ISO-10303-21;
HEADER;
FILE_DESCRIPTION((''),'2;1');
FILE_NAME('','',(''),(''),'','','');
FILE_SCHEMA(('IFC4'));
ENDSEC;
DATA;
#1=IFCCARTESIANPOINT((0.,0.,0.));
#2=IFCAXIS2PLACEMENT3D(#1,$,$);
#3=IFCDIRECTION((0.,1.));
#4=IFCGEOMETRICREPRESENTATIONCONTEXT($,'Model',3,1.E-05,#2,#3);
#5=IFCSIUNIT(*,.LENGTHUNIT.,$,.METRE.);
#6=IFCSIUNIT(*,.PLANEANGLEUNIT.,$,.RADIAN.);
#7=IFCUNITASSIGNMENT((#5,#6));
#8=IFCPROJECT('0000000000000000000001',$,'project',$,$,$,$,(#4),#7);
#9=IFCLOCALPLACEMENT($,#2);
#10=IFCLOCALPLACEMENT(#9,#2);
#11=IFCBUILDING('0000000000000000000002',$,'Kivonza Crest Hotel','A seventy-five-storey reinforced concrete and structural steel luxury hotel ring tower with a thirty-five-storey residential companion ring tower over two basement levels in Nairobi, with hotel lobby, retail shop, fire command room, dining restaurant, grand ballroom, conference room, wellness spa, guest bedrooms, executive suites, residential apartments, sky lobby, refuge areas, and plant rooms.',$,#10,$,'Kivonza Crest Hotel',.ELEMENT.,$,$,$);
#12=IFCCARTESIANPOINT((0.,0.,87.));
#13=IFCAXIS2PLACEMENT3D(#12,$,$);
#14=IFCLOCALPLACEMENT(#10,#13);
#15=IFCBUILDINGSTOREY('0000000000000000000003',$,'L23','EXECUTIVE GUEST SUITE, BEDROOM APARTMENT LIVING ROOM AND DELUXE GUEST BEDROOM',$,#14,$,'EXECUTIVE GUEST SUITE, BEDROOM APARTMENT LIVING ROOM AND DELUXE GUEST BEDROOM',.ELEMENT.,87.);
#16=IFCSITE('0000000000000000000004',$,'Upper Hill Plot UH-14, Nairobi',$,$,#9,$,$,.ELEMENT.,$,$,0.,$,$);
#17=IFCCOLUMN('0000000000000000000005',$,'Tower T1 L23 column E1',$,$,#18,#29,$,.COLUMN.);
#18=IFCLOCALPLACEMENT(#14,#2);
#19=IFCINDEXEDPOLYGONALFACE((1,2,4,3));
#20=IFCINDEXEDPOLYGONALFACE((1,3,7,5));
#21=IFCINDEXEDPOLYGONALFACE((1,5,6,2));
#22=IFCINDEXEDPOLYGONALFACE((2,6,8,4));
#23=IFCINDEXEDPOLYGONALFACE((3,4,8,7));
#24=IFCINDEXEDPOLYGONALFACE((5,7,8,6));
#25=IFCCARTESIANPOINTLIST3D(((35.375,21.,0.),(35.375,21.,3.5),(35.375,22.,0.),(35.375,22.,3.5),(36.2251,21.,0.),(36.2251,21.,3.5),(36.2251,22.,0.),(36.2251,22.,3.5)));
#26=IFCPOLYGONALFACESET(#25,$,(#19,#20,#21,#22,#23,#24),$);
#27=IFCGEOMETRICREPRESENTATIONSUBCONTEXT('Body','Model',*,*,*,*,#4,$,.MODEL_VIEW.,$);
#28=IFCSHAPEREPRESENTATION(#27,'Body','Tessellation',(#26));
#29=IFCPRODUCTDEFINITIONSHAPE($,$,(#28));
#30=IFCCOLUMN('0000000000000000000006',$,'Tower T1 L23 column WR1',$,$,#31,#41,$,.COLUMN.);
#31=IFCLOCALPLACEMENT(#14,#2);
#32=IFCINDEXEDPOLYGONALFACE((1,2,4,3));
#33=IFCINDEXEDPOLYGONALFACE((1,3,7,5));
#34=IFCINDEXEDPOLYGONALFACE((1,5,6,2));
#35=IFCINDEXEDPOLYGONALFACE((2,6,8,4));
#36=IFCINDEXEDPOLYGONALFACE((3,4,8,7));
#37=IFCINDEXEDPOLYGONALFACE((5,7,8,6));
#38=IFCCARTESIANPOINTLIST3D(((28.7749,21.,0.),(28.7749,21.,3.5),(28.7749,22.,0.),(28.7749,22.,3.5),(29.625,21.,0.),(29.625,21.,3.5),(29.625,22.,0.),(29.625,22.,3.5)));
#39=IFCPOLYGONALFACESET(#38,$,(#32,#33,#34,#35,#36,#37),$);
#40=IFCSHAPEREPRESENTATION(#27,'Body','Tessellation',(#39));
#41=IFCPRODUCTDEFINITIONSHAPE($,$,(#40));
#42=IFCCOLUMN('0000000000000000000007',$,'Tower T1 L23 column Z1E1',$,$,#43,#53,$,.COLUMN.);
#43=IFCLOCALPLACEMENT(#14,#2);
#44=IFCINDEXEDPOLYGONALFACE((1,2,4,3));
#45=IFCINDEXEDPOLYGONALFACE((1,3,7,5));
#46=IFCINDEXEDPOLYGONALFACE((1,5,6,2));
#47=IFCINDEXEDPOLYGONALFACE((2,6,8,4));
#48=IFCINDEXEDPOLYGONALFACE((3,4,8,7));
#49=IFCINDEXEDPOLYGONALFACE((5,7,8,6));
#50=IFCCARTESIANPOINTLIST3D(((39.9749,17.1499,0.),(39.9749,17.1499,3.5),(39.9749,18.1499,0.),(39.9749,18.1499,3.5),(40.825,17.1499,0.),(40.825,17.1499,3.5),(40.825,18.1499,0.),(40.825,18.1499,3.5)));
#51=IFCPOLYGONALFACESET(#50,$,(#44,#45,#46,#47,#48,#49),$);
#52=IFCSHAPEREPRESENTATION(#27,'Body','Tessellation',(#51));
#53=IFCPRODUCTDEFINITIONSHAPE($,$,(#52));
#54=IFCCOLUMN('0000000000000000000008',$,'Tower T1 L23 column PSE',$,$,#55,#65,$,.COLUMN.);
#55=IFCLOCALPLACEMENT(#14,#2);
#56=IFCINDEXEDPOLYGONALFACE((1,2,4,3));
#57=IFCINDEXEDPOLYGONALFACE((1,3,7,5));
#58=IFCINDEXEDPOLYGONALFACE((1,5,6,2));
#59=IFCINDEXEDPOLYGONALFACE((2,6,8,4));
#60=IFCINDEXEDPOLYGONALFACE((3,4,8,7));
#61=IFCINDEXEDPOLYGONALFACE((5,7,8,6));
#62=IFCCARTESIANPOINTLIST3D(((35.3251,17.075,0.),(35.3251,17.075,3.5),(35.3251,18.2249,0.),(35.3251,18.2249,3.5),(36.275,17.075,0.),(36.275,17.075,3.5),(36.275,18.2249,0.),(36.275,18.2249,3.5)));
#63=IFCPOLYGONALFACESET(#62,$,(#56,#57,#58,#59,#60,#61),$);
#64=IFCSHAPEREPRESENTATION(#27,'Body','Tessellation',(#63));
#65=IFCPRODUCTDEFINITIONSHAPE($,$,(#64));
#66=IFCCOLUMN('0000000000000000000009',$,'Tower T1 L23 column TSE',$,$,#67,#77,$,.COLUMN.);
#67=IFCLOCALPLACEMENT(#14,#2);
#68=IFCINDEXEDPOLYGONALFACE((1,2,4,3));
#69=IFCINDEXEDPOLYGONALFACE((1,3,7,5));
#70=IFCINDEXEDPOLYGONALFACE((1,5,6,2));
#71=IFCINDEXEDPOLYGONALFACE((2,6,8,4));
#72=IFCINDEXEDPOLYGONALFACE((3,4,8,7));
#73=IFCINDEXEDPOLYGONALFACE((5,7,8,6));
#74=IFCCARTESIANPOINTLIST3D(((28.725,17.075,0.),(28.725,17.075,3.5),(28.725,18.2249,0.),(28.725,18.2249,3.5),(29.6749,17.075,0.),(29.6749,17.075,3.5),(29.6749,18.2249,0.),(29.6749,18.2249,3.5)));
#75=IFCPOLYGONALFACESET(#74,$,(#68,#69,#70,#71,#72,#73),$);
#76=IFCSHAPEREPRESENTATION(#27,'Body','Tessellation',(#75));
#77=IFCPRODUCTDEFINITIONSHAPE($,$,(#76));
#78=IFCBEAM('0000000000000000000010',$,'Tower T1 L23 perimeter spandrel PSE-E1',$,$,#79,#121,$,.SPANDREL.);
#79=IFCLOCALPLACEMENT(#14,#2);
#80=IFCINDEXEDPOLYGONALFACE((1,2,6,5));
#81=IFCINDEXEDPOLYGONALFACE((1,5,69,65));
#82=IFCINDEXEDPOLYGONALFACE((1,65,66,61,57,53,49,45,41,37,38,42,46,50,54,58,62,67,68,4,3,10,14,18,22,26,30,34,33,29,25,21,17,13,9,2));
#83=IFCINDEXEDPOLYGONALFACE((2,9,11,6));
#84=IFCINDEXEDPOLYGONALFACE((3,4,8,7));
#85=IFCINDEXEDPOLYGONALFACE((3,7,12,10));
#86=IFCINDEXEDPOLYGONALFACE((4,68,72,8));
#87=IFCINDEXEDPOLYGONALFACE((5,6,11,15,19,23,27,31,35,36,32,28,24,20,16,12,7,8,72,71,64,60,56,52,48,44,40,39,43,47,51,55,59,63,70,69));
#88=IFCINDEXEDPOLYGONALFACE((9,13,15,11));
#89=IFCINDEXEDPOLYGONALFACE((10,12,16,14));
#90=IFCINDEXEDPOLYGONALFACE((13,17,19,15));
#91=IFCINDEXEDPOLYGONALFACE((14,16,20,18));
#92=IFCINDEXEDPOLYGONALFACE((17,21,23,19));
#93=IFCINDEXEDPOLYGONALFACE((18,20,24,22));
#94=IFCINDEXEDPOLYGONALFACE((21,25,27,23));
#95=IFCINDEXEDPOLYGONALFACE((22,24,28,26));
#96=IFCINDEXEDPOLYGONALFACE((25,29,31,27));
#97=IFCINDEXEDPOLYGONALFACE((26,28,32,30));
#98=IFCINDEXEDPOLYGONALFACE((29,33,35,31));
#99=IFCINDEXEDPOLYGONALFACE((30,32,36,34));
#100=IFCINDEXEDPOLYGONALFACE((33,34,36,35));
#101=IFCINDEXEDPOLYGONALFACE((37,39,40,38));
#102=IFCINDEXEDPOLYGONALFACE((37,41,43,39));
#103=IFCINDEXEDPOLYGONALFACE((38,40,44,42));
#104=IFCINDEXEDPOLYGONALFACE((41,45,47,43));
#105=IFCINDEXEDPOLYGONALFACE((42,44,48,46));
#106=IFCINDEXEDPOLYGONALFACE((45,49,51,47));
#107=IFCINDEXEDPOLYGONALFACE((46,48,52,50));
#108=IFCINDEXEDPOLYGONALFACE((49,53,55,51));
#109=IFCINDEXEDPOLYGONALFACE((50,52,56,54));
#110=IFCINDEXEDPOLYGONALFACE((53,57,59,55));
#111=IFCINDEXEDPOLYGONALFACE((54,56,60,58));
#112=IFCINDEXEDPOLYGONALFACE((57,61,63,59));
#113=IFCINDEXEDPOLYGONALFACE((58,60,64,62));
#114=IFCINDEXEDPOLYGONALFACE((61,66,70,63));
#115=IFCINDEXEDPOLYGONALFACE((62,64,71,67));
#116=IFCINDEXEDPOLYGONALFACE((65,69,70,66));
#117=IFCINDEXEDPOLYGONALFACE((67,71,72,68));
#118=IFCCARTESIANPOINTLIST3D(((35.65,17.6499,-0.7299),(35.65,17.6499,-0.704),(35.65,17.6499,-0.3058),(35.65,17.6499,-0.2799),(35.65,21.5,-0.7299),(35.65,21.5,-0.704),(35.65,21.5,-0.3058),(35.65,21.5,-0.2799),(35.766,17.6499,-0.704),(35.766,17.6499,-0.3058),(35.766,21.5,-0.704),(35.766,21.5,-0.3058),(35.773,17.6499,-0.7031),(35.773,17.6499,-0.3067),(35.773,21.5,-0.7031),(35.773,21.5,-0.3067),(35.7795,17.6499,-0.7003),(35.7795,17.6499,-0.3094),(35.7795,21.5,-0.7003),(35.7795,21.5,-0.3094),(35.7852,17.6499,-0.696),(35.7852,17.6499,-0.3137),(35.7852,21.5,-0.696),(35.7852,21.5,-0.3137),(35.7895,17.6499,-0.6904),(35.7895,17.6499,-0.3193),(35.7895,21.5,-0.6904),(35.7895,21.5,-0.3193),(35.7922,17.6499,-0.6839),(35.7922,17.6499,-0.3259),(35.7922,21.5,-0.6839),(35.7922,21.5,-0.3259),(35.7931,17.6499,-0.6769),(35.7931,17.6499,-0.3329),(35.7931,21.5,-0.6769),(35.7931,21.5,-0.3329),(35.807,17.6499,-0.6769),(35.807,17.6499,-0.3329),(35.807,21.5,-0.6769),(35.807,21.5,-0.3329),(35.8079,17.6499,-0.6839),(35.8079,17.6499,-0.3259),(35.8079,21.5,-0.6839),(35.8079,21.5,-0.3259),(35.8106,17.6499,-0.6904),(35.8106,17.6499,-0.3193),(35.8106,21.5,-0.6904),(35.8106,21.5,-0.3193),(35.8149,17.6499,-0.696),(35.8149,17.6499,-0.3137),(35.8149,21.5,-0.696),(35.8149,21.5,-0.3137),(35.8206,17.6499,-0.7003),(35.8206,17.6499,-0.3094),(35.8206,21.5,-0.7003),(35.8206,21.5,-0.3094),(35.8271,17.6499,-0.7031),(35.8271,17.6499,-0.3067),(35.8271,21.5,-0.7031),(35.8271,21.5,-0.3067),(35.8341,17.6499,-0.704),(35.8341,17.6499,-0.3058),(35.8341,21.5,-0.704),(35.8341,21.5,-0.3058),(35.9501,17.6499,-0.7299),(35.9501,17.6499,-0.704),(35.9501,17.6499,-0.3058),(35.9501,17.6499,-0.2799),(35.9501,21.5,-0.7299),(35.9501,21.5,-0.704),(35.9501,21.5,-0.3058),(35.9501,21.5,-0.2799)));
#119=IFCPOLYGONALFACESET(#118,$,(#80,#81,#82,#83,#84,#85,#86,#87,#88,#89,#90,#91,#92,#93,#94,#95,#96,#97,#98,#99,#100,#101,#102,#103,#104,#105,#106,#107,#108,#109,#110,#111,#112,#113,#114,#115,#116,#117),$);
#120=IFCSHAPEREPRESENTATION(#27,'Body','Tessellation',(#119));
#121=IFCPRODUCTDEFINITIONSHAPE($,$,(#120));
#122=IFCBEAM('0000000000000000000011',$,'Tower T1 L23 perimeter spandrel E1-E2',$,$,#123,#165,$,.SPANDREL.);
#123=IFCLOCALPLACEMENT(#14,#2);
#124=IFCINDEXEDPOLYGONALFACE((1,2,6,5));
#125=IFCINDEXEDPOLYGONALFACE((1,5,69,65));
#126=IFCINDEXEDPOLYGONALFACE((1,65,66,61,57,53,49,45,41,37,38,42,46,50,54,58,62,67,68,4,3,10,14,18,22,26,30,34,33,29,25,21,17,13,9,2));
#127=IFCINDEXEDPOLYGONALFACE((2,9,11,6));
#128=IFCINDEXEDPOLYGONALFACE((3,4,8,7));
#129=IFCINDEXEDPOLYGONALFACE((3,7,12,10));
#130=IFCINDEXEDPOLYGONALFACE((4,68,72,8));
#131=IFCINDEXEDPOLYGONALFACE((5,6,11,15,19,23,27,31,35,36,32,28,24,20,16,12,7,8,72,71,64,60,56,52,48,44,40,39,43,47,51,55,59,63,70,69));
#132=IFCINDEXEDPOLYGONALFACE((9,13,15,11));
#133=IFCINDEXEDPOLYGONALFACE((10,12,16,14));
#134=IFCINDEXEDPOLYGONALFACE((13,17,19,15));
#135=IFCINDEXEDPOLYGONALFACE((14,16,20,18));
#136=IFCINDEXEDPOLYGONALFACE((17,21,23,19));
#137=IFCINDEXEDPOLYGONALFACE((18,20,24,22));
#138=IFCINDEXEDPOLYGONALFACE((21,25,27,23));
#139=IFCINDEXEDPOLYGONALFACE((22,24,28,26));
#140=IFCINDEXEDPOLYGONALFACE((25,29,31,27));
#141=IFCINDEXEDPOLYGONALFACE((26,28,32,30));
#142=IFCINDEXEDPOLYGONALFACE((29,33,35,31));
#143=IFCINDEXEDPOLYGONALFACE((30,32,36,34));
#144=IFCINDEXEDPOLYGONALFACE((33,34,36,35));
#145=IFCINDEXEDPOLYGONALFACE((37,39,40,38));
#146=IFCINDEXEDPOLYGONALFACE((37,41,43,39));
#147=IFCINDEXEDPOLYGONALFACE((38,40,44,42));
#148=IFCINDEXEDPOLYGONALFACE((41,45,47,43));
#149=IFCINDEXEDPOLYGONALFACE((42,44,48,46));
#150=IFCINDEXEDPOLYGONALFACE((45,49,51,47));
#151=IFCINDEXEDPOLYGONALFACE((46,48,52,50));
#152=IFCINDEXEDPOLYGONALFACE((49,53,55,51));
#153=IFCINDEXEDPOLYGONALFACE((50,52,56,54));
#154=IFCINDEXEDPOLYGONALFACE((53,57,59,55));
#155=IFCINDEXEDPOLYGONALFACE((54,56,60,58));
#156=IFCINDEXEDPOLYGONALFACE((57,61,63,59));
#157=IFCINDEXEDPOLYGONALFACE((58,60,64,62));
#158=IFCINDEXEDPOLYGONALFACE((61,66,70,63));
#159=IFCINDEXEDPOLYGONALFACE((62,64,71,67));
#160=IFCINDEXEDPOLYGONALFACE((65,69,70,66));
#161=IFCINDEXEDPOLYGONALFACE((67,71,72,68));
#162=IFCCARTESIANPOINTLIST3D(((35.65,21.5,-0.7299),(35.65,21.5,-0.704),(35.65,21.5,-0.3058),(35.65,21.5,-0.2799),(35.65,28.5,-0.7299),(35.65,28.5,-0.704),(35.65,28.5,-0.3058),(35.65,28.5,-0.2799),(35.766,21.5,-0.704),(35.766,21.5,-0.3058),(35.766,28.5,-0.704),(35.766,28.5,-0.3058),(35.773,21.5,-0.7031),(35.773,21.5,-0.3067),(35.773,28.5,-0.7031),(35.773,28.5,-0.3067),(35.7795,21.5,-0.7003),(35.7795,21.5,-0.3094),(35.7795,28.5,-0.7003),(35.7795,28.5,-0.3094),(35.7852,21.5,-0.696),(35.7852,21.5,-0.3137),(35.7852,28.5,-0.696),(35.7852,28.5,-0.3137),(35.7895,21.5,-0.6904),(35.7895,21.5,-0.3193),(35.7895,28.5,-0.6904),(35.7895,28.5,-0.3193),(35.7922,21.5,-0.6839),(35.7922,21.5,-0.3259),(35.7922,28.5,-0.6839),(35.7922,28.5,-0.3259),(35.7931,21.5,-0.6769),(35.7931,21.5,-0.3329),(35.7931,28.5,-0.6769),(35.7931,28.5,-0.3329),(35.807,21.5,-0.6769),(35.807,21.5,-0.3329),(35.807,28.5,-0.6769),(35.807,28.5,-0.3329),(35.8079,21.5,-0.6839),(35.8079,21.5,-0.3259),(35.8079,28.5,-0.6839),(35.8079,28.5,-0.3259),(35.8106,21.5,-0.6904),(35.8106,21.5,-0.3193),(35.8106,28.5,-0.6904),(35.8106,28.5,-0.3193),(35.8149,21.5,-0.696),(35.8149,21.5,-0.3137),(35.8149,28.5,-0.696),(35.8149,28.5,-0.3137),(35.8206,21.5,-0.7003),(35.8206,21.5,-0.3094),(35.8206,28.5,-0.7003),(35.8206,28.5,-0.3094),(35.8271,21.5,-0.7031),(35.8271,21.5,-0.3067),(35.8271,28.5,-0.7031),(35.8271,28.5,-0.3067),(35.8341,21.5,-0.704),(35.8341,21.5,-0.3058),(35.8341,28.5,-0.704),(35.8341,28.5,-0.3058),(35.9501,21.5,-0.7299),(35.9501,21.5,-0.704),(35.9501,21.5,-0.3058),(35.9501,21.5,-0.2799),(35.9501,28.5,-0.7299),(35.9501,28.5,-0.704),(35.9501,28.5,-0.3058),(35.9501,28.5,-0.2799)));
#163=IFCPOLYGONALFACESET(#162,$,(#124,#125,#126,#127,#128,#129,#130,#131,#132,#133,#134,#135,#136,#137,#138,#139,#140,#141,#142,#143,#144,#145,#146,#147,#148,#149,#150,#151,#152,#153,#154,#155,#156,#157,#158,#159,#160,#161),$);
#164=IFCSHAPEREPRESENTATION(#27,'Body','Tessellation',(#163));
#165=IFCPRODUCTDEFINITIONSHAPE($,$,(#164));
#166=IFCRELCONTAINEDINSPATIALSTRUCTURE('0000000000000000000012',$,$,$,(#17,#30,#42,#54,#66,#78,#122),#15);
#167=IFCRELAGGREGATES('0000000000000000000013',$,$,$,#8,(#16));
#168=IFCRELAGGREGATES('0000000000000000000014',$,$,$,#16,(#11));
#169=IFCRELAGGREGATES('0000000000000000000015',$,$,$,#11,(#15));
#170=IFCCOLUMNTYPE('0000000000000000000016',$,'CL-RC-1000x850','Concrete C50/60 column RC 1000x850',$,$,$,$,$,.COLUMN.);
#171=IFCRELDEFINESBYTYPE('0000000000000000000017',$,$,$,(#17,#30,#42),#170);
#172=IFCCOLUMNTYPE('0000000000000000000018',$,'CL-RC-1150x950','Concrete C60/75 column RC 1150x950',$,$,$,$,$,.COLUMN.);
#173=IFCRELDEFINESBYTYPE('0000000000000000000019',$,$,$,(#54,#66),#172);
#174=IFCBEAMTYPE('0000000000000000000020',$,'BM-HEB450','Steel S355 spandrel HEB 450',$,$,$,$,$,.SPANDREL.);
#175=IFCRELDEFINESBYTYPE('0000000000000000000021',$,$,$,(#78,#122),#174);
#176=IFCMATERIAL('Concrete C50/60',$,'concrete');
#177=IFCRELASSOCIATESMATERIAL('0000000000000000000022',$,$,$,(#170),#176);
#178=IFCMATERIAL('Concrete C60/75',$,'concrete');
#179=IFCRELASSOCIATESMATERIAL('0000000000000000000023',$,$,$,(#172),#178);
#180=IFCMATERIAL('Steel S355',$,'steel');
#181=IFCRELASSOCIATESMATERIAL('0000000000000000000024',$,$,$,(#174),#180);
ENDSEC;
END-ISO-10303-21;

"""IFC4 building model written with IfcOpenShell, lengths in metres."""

from ifc_helpers import new_model, si_unit, direction, frame, origin, origin_2d, place, context, subcontext, project, spatial, rectangle, i_section, extrude, material, material_profile, profile_set, type_object, element, save


model = new_model("IFC4")

# Units and contexts
model_context = context("Model", 3, precision=1e-05, world=origin(), true_north=direction((0.0, 1.0)))
body_context = subcontext(model_context, "Body", "Model", "MODEL_VIEW")
ifc_project = project(units=[si_unit("LENGTHUNIT", "METRE"), si_unit("PLANEANGLEUNIT", "RADIAN")], contexts=[model_context])

# Site, building, storey
site_placement = place(None, origin())
site = spatial("IfcSite", under=ifc_project, at=site_placement, Name="Upper Hill Plot UH-14, Nairobi", CompositionType="ELEMENT", RefElevation=0.0)
building_placement = place(site_placement, origin())
building = spatial("IfcBuilding", under=site, at=building_placement, Name="Kivonza Crest Hotel", Description="A seventy-five-storey reinforced concrete and structural steel luxury hotel ring tower with a thirty-five-storey residential companion ring tower over two basement levels in Nairobi, with hotel lobby, retail shop, fire command room, dining restaurant, grand ballroom, conference room, wellness spa, guest bedrooms, executive suites, residential apartments, sky lobby, refuge areas, and plant rooms.", LongName="Kivonza Crest Hotel", CompositionType="ELEMENT")
storey_placement = place(building_placement, frame((0.0, 0.0, 87.0)))
storey = spatial("IfcBuildingStorey", under=building, at=storey_placement, Name="L23", Description="EXECUTIVE GUEST SUITE, BEDROOM APARTMENT LIVING ROOM AND DELUXE GUEST BEDROOM", LongName="EXECUTIVE GUEST SUITE, BEDROOM APARTMENT LIVING ROOM AND DELUXE GUEST BEDROOM", CompositionType="ELEMENT", Elevation=87.0)

# Columns
ifc_material_1 = material(Name="Concrete C50/60", Category="concrete")
ifc_material_profile_1 = material_profile(ifc_material_1, rectangle(XDim=0.8501, YDim=1.0, at=origin_2d()), Name="RC 1000x850")
ifc_profile_set_1 = profile_set([ifc_material_profile_1], Name="Concrete C50/60")
column_type_1 = type_object("IfcColumnType", Name="CL-RC-1000x850", Description="Concrete C50/60 column RC 1000x850", PredefinedType="COLUMN", material=ifc_profile_set_1)
for number, where, z_axis, x_axis, name in (
    (1, (35.8, 21.5, 0.0), (0.0, 0.0, 1.0), (1.0, 0.0, 0.0), "Tower T1 L23 column E1"),
    (2, (29.2, 21.5, 0.0), (0.0, 0.0, 1.0), (1.0, 0.0, 0.0), "Tower T1 L23 column WR1"),
    (3, (40.3999, 17.6499, 0.0), (0.0, 0.0, 1.0), (1.0, 0.0, 0.0), "Tower T1 L23 column Z1E1"),
):
    element("IfcColumn", number, at=place(storey_placement, frame(where, z_axis=z_axis, x_axis=x_axis)), inside=storey, type_object=column_type_1, Name=name, PredefinedType="COLUMN", context=body_context, shape_type="SweptSolid", body=[
        extrude(rectangle(XDim=0.8501, YDim=1.0, at=origin_2d()), origin(), (0.0, 0.0, 1.0), 3.5),
    ])
ifc_material_2 = material(Name="Concrete C60/75", Category="concrete")
ifc_material_profile_2 = material_profile(ifc_material_2, rectangle(XDim=0.95, YDim=1.1499, at=origin_2d()), Name="RC 1150x950")
ifc_profile_set_2 = profile_set([ifc_material_profile_2], Name="Concrete C60/75")
column_type_2 = type_object("IfcColumnType", Name="CL-RC-1150x950", Description="Concrete C60/75 column RC 1150x950", PredefinedType="COLUMN", material=ifc_profile_set_2)
for number, where, z_axis, x_axis, name in (
    (4, (35.8, 17.6499, 0.0), (0.0, 0.0, 1.0), (1.0, 0.0, 0.0), "Tower T1 L23 column PSE"),
    (5, (29.2, 17.6499, 0.0), (0.0, 0.0, 1.0), (1.0, 0.0, 0.0), "Tower T1 L23 column TSE"),
):
    element("IfcColumn", number, at=place(storey_placement, frame(where, z_axis=z_axis, x_axis=x_axis)), inside=storey, type_object=column_type_2, Name=name, PredefinedType="COLUMN", context=body_context, shape_type="SweptSolid", body=[
        extrude(rectangle(XDim=0.95, YDim=1.1499, at=origin_2d()), origin(), (0.0, 0.0, 1.0), 3.5),
    ])

# Beams
ifc_material_3 = material(Name="Steel S355", Category="steel")
ifc_material_profile_3 = material_profile(ifc_material_3, i_section(OverallWidth=0.3, OverallDepth=0.45, WebThickness=0.0139, FlangeThickness=0.0259, FilletRadius=0.0271, at=origin_2d()), Name="HEB 450")
ifc_profile_set_3 = profile_set([ifc_material_profile_3], Name="Steel S355")
beam_type_1 = type_object("IfcBeamType", Name="BM-HEB450", Description="Steel S355 spandrel HEB 450", PredefinedType="SPANDREL", material=ifc_profile_set_3)
beam_1_placement = place(storey_placement, frame((35.8, 17.6499, -0.5049), z_axis=(0.0, 1.0, 0.0), x_axis=(-1.0, 0.0, 0.0)))
element("IfcBeam", 6, at=beam_1_placement, inside=storey, type_object=beam_type_1, Name="Tower T1 L23 perimeter spandrel PSE-E1", PredefinedType="SPANDREL", context=body_context, shape_type="SweptSolid", body=[
    extrude(i_section(OverallWidth=0.3, OverallDepth=0.45, WebThickness=0.0139, FlangeThickness=0.0259, FilletRadius=0.0271, at=origin_2d()), origin(), (0.0, 0.0, 1.0), 3.8501),
])
beam_2_placement = place(storey_placement, frame((35.8, 21.5, -0.5049), z_axis=(0.0, 1.0, 0.0), x_axis=(-1.0, 0.0, 0.0)))
element("IfcBeam", 7, at=beam_2_placement, inside=storey, type_object=beam_type_1, Name="Tower T1 L23 perimeter spandrel E1-E2", PredefinedType="SPANDREL", context=body_context, shape_type="SweptSolid", body=[
    extrude(i_section(OverallWidth=0.3, OverallDepth=0.45, WebThickness=0.0139, FlangeThickness=0.0259, FilletRadius=0.0271, at=origin_2d()), origin(), (0.0, 0.0, 1.0), 7.0),
])

save(model, "model.ifc")
